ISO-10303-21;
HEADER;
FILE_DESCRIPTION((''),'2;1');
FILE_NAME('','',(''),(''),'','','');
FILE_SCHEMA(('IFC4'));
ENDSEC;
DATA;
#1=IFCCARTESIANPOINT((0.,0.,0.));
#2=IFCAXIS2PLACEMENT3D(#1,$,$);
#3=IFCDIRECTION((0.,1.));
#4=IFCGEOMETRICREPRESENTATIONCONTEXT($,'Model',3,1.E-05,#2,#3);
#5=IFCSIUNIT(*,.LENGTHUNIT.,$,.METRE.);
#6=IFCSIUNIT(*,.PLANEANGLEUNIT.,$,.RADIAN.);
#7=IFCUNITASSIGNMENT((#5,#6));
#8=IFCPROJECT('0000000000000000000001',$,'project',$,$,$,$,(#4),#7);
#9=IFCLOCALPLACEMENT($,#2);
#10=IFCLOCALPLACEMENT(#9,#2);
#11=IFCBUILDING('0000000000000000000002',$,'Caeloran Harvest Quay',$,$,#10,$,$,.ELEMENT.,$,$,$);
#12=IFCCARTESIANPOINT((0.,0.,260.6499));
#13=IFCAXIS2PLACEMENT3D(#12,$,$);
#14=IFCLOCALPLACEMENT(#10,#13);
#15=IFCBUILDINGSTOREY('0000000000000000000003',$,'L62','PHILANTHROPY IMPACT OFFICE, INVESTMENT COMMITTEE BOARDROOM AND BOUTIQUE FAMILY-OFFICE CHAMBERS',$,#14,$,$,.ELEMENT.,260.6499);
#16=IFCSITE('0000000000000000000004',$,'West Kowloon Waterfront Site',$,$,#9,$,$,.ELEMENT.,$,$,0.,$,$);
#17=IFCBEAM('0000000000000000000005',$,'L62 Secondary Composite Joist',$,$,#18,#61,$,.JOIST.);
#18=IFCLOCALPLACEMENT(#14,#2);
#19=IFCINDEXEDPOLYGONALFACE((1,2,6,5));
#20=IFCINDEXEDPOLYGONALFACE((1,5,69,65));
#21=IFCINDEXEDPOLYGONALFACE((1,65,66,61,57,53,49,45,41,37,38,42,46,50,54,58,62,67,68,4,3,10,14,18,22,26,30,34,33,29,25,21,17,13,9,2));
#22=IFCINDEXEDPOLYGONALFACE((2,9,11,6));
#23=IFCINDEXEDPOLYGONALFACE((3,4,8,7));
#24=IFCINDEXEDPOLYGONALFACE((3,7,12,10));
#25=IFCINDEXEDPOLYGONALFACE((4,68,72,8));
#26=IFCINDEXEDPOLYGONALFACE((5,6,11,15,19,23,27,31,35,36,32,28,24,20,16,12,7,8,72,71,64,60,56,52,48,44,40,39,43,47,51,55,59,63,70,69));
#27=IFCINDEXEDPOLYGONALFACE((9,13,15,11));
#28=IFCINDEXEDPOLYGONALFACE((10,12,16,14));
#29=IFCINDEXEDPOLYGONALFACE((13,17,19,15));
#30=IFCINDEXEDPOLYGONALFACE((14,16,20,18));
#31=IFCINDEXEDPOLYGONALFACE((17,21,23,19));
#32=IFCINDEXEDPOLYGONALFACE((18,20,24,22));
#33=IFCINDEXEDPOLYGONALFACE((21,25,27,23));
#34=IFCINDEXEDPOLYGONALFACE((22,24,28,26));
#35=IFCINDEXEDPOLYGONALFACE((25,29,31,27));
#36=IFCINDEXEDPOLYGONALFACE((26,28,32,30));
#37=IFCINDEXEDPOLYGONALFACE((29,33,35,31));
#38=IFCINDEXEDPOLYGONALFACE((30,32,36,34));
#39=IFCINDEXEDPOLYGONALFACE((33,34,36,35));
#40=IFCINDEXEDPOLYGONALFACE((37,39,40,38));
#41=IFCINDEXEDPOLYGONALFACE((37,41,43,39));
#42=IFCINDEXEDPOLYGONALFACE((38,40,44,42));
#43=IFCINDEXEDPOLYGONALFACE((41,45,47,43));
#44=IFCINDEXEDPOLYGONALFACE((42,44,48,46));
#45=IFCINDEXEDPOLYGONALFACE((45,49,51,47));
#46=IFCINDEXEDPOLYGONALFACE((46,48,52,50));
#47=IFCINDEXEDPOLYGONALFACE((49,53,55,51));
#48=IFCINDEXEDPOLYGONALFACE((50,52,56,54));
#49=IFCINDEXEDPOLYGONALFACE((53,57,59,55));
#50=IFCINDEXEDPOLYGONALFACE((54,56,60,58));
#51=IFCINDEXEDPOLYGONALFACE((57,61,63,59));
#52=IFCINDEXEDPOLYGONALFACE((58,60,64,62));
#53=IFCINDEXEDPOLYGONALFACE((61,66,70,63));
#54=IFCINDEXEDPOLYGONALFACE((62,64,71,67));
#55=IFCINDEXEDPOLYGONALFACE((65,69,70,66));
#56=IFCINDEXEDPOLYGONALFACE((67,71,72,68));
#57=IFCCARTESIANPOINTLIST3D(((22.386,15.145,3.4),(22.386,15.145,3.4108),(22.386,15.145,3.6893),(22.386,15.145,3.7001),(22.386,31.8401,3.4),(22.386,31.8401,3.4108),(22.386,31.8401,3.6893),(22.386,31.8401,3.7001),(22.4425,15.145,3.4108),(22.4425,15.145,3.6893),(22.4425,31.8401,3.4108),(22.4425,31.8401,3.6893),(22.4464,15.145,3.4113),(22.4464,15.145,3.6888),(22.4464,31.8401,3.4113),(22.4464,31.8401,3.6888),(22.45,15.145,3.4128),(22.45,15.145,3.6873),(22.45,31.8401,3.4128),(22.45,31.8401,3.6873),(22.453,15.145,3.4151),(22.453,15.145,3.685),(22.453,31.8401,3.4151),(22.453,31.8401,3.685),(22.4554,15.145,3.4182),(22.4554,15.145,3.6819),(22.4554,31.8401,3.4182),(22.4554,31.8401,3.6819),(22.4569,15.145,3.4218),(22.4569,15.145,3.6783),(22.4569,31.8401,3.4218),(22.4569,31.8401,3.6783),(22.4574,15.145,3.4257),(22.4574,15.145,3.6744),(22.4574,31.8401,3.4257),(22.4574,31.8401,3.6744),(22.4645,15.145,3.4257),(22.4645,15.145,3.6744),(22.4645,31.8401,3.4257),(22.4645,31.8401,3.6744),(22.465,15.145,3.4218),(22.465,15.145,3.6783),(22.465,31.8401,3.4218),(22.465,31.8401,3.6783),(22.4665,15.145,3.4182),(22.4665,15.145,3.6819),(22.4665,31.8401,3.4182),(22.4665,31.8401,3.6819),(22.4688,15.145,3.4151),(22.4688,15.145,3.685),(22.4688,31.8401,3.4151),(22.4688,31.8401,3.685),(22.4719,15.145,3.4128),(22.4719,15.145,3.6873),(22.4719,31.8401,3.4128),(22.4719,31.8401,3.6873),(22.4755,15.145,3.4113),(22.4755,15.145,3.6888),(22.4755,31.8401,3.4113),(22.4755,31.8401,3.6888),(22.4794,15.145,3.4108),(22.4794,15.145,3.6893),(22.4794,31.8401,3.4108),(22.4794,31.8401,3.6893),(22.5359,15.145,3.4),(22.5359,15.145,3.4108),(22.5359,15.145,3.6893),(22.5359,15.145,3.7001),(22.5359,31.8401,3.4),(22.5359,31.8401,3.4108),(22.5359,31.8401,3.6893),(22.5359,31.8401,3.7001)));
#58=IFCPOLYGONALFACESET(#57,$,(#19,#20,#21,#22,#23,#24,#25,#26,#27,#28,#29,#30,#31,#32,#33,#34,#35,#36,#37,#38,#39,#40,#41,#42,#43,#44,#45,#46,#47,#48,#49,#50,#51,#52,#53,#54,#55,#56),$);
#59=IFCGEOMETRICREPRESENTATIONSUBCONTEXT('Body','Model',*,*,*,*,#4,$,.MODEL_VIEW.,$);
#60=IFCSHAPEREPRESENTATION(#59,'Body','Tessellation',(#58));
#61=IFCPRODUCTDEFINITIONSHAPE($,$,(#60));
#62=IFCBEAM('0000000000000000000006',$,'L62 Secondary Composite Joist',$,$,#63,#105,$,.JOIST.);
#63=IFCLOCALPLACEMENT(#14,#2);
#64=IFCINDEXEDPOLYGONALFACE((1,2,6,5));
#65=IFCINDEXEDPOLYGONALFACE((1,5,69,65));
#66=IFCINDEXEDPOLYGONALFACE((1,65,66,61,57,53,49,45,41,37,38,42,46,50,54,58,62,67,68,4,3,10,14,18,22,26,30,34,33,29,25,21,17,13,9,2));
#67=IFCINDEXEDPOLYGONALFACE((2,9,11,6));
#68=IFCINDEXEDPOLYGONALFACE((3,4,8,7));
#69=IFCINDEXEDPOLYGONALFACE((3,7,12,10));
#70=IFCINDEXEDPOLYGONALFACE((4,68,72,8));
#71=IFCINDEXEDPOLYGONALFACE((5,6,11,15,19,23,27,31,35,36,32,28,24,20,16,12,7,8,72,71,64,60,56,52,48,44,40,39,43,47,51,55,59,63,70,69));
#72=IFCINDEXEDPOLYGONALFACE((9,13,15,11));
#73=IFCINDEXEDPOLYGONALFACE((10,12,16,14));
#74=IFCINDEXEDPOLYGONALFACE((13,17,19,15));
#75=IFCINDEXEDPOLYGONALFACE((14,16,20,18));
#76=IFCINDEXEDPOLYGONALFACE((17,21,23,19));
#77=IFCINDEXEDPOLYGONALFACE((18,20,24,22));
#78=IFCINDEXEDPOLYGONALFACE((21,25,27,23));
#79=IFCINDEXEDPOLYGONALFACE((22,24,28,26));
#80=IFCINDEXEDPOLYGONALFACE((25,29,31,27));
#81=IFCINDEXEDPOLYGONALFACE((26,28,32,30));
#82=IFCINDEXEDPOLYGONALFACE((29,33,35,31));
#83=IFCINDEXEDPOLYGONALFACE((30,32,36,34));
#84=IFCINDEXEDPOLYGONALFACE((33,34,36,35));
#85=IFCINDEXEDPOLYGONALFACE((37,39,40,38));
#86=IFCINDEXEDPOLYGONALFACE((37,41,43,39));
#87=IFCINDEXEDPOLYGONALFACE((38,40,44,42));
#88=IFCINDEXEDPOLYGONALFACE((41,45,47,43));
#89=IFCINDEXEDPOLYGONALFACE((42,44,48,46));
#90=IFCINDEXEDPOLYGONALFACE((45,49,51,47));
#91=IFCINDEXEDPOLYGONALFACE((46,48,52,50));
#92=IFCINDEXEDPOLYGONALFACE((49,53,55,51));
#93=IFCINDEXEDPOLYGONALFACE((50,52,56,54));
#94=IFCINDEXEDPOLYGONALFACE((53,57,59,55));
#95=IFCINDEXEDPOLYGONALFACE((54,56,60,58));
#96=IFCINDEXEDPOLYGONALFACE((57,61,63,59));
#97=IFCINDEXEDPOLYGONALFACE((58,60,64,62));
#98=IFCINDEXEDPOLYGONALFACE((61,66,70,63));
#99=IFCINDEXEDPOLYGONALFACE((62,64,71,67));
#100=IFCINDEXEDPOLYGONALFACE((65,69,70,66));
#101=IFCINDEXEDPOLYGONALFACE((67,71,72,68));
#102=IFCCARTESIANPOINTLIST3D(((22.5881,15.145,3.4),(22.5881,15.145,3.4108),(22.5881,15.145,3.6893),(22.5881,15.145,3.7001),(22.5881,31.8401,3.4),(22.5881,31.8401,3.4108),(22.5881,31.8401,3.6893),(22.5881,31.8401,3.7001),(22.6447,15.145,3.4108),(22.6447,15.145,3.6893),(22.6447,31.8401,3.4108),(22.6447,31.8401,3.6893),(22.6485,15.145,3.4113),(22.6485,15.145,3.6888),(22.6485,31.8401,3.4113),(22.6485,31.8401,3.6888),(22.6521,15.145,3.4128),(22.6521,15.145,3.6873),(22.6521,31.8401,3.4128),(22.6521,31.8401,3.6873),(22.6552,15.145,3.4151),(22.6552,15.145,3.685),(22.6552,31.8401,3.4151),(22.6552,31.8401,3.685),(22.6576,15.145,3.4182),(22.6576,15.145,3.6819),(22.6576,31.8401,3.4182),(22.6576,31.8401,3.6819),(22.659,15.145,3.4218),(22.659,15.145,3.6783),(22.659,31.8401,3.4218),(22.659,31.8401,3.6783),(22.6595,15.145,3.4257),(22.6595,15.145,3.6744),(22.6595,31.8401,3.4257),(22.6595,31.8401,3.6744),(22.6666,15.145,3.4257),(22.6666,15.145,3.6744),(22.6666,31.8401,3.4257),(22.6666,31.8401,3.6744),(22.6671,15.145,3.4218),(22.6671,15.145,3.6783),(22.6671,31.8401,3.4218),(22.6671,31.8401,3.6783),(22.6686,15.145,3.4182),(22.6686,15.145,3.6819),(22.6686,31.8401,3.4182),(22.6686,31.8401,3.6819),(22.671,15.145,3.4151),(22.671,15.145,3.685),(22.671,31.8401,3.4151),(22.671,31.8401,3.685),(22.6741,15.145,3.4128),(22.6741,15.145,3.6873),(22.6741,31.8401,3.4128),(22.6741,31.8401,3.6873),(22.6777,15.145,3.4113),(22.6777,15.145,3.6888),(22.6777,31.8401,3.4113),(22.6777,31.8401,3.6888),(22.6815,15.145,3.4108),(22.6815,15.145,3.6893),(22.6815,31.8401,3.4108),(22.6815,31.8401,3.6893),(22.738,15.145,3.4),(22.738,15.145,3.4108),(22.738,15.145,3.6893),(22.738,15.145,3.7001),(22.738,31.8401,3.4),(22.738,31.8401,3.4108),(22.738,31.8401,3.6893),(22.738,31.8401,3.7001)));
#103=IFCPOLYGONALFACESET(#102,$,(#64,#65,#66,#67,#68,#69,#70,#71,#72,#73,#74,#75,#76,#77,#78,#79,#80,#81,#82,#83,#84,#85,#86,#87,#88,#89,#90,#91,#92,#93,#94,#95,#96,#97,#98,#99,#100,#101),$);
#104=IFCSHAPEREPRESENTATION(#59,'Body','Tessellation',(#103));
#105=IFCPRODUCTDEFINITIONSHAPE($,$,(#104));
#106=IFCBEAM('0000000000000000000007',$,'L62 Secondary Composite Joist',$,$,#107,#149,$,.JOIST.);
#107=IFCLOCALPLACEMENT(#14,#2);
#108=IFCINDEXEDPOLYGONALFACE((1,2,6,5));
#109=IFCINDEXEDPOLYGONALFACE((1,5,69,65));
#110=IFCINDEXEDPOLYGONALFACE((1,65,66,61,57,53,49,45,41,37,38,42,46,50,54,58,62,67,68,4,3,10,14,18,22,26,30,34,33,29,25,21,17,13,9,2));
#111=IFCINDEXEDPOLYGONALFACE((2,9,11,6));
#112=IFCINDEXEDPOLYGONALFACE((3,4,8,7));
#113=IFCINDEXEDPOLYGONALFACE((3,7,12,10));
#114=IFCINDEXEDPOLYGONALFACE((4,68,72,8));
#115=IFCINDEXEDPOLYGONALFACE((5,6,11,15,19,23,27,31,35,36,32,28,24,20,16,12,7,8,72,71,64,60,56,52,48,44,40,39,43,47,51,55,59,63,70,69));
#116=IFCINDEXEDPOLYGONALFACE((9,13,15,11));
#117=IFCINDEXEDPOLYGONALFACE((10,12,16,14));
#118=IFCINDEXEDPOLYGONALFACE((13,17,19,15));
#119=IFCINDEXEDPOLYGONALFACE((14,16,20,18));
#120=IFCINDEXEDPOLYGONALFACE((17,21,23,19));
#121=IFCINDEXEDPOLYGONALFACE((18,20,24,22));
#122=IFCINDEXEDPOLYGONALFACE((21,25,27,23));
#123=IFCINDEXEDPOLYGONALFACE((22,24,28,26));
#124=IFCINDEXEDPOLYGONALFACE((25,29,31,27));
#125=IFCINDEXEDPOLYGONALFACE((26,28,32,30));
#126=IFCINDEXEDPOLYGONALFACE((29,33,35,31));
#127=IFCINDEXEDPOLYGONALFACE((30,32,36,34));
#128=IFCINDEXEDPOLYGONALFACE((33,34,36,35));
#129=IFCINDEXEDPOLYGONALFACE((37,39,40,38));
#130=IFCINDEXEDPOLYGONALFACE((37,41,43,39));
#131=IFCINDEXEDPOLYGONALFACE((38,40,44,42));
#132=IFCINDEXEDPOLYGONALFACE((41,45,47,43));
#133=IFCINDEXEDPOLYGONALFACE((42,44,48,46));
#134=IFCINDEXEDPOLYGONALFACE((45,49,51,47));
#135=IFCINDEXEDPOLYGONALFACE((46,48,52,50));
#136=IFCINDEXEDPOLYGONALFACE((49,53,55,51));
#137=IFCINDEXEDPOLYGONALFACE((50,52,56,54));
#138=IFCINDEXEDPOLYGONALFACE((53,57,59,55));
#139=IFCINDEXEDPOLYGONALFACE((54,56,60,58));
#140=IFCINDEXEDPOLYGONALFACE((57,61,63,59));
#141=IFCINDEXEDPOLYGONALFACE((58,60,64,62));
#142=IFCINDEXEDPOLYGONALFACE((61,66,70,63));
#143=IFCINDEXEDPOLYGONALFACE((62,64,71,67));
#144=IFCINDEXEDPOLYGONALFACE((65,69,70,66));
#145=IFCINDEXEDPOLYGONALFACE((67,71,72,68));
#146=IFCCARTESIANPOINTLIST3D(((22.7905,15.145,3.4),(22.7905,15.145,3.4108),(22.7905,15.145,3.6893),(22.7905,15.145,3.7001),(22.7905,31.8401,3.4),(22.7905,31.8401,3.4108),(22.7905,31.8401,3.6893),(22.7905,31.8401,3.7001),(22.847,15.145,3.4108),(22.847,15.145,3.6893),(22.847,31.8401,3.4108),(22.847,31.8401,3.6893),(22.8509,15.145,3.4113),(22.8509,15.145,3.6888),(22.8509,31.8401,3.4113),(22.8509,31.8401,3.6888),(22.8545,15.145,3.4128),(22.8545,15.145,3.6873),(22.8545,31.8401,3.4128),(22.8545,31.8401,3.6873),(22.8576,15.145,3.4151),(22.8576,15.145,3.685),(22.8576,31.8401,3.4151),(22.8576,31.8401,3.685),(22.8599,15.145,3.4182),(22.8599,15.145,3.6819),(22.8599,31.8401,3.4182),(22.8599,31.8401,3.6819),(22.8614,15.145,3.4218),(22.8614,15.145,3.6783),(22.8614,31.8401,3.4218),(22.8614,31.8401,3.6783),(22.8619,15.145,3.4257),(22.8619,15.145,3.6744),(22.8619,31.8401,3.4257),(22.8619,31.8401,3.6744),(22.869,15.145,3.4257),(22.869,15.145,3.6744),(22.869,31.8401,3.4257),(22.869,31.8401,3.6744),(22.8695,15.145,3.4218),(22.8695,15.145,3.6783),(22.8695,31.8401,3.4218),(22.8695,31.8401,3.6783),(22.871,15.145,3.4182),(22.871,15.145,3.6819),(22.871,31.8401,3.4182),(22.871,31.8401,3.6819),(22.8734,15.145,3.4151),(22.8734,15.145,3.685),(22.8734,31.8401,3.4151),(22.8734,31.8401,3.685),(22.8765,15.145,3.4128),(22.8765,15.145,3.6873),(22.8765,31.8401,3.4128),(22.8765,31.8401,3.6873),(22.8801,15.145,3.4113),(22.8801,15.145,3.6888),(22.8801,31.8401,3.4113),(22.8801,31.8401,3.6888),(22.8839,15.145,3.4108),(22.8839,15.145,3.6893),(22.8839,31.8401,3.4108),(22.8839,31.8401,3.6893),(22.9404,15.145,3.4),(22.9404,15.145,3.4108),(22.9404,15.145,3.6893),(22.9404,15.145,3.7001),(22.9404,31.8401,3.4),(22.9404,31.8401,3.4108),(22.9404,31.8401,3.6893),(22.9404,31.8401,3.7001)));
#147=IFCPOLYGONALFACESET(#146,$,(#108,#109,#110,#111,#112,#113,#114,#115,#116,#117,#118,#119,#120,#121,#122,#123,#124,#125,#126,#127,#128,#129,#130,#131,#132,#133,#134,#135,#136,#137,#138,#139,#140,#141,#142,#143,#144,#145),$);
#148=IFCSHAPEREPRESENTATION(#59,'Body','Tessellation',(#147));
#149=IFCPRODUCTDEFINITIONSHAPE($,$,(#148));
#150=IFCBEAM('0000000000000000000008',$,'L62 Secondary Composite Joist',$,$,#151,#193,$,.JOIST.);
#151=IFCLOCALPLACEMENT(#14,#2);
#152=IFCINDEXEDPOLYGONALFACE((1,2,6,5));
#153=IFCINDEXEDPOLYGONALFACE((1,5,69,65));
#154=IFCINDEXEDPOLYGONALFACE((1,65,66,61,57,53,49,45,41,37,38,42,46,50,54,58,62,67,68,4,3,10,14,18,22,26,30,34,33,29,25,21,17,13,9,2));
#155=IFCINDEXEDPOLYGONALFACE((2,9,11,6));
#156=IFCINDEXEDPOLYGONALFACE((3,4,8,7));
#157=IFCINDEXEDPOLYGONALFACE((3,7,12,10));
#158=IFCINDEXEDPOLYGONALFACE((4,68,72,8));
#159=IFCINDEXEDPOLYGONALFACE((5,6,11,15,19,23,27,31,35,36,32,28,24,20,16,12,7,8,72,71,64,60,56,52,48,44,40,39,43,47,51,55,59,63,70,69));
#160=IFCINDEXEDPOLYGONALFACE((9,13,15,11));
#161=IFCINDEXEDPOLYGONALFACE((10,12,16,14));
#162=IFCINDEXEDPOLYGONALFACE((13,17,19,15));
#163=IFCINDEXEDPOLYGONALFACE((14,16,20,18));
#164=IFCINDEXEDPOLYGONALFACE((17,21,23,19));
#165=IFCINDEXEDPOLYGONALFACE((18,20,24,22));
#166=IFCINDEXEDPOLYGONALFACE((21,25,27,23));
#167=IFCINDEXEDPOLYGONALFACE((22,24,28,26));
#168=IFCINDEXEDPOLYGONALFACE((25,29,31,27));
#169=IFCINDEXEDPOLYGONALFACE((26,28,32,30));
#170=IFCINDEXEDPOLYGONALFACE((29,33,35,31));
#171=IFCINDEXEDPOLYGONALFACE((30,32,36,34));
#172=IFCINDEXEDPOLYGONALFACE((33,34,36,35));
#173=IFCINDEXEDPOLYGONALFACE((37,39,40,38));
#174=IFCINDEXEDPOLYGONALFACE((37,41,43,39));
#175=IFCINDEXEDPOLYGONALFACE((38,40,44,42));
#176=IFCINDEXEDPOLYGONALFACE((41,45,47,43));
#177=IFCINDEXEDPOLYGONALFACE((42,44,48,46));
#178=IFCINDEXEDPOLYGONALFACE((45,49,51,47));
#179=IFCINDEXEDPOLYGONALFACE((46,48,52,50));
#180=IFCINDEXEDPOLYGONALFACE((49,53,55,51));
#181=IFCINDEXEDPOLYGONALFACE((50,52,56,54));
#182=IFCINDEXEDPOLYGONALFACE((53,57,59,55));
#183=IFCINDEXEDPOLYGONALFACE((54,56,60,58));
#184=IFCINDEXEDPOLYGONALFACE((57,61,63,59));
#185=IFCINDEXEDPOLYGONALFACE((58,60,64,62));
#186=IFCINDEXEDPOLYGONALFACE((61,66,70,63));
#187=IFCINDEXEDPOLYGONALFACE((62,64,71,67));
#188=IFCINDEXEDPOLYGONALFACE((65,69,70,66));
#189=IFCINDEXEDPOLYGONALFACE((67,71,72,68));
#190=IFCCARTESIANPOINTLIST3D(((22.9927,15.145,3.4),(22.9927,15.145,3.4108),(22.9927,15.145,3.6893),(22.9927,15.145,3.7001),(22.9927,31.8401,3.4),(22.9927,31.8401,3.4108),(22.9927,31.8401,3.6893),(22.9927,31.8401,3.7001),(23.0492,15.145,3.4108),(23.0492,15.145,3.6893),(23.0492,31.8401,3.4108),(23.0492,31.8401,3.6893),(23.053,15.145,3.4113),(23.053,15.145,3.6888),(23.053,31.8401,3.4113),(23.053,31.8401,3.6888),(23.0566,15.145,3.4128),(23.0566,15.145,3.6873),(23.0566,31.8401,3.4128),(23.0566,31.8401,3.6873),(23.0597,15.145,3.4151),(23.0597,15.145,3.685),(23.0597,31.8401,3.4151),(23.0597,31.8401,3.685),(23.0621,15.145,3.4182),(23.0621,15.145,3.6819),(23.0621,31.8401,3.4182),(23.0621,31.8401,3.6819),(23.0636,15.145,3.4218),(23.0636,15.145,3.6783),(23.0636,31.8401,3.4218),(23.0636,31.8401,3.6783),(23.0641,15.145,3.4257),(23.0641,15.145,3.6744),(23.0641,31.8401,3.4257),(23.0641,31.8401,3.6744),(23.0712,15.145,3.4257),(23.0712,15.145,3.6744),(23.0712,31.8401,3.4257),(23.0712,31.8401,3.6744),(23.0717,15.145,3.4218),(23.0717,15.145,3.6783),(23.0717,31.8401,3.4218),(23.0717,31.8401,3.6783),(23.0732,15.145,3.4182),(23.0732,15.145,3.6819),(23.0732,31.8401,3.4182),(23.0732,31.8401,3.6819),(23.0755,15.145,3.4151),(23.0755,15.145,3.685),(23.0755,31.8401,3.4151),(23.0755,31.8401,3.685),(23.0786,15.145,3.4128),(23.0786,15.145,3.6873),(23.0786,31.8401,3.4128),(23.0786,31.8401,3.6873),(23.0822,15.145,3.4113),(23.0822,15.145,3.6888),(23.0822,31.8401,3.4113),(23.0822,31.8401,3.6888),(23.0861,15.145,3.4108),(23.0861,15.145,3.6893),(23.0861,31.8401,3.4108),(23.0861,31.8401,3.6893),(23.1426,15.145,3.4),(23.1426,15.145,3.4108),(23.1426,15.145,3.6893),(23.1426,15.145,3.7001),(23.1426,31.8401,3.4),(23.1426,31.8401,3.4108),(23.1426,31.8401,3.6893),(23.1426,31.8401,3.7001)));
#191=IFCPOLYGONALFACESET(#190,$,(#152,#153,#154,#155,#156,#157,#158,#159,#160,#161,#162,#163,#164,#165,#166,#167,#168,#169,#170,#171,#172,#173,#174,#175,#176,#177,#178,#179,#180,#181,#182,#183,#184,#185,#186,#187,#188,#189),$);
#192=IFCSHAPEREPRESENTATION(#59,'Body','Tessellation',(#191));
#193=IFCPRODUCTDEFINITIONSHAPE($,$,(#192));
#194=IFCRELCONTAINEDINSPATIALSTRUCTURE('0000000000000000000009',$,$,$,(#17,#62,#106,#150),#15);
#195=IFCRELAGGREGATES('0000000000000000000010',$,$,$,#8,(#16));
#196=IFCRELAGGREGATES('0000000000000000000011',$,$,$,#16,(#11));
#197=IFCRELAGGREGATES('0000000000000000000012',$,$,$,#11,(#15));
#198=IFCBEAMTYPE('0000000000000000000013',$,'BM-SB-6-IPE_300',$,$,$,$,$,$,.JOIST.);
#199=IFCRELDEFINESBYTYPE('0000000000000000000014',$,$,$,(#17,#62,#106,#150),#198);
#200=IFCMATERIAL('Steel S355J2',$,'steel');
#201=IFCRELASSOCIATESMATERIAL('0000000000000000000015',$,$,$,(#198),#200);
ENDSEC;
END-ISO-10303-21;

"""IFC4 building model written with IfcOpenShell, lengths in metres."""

from ifc_helpers import new_model, si_unit, direction, frame, origin, origin_2d, place, context, subcontext, project, spatial, i_section, extrude, material, material_profile, profile_set, type_object, element, save


model = new_model("IFC4")

# Units and contexts
model_context = context("Model", 3, precision=1e-05, world=origin(), true_north=direction((0.0, 1.0)))
body_context = subcontext(model_context, "Body", "Model", "MODEL_VIEW")
ifc_project = project(units=[si_unit("LENGTHUNIT", "METRE"), si_unit("PLANEANGLEUNIT", "RADIAN")], contexts=[model_context])

# Site, building, storey
site_placement = place(None, origin())
site = spatial("IfcSite", under=ifc_project, at=site_placement, Name="West Kowloon Waterfront Site", CompositionType="ELEMENT", RefElevation=0.0)
building_placement = place(site_placement, origin())
building = spatial("IfcBuilding", under=site, at=building_placement, Name="Caeloran Harvest Quay", CompositionType="ELEMENT")
storey_placement = place(building_placement, frame((0.0, 0.0, 260.6499)))
storey = spatial("IfcBuildingStorey", under=building, at=storey_placement, Name="L62", Description="PHILANTHROPY IMPACT OFFICE, INVESTMENT COMMITTEE BOARDROOM AND BOUTIQUE FAMILY-OFFICE CHAMBERS", CompositionType="ELEMENT", Elevation=260.6499)

# Beams
ifc_material_1 = material(Name="Steel S355J2", Category="steel")
ifc_material_profile_1 = material_profile(ifc_material_1, i_section(OverallWidth=0.1499, OverallDepth=0.3, WebThickness=0.0071, FlangeThickness=0.0107, FilletRadius=0.0149, at=origin_2d()), Name="IPE 300")
ifc_profile_set_1 = profile_set([ifc_material_profile_1], Name="Steel S355J2")
beam_type_1 = type_object("IfcBeamType", Name="BM-SB-6-IPE_300", PredefinedType="JOIST", material=ifc_profile_set_1)
for number, where, z_axis, x_axis, name in (
    (1, (22.4609, 15.145, 3.55), (0.0, 1.0, 0.0), (-1.0, 0.0, 0.0), "L62 Secondary Composite Joist"),
    (2, (22.6631, 15.145, 3.55), (0.0, 1.0, 0.0), (-1.0, 0.0, 0.0), "L62 Secondary Composite Joist"),
    (3, (22.8655, 15.145, 3.55), (0.0, 1.0, 0.0), (-1.0, 0.0, 0.0), "L62 Secondary Composite Joist"),
    (4, (23.0676, 15.145, 3.55), (0.0, 1.0, 0.0), (-1.0, 0.0, 0.0), "L62 Secondary Composite Joist"),
):
    element("IfcBeam", number, at=place(storey_placement, frame(where, z_axis=z_axis, x_axis=x_axis)), inside=storey, type_object=beam_type_1, Name=name, PredefinedType="JOIST", context=body_context, shape_type="SweptSolid", body=[
        extrude(i_section(OverallWidth=0.1499, OverallDepth=0.3, WebThickness=0.0071, FlangeThickness=0.0107, FilletRadius=0.0149, at=origin_2d()), origin(), (0.0, 0.0, 1.0), 16.6951),
    ])

save(model, "model.ifc")
